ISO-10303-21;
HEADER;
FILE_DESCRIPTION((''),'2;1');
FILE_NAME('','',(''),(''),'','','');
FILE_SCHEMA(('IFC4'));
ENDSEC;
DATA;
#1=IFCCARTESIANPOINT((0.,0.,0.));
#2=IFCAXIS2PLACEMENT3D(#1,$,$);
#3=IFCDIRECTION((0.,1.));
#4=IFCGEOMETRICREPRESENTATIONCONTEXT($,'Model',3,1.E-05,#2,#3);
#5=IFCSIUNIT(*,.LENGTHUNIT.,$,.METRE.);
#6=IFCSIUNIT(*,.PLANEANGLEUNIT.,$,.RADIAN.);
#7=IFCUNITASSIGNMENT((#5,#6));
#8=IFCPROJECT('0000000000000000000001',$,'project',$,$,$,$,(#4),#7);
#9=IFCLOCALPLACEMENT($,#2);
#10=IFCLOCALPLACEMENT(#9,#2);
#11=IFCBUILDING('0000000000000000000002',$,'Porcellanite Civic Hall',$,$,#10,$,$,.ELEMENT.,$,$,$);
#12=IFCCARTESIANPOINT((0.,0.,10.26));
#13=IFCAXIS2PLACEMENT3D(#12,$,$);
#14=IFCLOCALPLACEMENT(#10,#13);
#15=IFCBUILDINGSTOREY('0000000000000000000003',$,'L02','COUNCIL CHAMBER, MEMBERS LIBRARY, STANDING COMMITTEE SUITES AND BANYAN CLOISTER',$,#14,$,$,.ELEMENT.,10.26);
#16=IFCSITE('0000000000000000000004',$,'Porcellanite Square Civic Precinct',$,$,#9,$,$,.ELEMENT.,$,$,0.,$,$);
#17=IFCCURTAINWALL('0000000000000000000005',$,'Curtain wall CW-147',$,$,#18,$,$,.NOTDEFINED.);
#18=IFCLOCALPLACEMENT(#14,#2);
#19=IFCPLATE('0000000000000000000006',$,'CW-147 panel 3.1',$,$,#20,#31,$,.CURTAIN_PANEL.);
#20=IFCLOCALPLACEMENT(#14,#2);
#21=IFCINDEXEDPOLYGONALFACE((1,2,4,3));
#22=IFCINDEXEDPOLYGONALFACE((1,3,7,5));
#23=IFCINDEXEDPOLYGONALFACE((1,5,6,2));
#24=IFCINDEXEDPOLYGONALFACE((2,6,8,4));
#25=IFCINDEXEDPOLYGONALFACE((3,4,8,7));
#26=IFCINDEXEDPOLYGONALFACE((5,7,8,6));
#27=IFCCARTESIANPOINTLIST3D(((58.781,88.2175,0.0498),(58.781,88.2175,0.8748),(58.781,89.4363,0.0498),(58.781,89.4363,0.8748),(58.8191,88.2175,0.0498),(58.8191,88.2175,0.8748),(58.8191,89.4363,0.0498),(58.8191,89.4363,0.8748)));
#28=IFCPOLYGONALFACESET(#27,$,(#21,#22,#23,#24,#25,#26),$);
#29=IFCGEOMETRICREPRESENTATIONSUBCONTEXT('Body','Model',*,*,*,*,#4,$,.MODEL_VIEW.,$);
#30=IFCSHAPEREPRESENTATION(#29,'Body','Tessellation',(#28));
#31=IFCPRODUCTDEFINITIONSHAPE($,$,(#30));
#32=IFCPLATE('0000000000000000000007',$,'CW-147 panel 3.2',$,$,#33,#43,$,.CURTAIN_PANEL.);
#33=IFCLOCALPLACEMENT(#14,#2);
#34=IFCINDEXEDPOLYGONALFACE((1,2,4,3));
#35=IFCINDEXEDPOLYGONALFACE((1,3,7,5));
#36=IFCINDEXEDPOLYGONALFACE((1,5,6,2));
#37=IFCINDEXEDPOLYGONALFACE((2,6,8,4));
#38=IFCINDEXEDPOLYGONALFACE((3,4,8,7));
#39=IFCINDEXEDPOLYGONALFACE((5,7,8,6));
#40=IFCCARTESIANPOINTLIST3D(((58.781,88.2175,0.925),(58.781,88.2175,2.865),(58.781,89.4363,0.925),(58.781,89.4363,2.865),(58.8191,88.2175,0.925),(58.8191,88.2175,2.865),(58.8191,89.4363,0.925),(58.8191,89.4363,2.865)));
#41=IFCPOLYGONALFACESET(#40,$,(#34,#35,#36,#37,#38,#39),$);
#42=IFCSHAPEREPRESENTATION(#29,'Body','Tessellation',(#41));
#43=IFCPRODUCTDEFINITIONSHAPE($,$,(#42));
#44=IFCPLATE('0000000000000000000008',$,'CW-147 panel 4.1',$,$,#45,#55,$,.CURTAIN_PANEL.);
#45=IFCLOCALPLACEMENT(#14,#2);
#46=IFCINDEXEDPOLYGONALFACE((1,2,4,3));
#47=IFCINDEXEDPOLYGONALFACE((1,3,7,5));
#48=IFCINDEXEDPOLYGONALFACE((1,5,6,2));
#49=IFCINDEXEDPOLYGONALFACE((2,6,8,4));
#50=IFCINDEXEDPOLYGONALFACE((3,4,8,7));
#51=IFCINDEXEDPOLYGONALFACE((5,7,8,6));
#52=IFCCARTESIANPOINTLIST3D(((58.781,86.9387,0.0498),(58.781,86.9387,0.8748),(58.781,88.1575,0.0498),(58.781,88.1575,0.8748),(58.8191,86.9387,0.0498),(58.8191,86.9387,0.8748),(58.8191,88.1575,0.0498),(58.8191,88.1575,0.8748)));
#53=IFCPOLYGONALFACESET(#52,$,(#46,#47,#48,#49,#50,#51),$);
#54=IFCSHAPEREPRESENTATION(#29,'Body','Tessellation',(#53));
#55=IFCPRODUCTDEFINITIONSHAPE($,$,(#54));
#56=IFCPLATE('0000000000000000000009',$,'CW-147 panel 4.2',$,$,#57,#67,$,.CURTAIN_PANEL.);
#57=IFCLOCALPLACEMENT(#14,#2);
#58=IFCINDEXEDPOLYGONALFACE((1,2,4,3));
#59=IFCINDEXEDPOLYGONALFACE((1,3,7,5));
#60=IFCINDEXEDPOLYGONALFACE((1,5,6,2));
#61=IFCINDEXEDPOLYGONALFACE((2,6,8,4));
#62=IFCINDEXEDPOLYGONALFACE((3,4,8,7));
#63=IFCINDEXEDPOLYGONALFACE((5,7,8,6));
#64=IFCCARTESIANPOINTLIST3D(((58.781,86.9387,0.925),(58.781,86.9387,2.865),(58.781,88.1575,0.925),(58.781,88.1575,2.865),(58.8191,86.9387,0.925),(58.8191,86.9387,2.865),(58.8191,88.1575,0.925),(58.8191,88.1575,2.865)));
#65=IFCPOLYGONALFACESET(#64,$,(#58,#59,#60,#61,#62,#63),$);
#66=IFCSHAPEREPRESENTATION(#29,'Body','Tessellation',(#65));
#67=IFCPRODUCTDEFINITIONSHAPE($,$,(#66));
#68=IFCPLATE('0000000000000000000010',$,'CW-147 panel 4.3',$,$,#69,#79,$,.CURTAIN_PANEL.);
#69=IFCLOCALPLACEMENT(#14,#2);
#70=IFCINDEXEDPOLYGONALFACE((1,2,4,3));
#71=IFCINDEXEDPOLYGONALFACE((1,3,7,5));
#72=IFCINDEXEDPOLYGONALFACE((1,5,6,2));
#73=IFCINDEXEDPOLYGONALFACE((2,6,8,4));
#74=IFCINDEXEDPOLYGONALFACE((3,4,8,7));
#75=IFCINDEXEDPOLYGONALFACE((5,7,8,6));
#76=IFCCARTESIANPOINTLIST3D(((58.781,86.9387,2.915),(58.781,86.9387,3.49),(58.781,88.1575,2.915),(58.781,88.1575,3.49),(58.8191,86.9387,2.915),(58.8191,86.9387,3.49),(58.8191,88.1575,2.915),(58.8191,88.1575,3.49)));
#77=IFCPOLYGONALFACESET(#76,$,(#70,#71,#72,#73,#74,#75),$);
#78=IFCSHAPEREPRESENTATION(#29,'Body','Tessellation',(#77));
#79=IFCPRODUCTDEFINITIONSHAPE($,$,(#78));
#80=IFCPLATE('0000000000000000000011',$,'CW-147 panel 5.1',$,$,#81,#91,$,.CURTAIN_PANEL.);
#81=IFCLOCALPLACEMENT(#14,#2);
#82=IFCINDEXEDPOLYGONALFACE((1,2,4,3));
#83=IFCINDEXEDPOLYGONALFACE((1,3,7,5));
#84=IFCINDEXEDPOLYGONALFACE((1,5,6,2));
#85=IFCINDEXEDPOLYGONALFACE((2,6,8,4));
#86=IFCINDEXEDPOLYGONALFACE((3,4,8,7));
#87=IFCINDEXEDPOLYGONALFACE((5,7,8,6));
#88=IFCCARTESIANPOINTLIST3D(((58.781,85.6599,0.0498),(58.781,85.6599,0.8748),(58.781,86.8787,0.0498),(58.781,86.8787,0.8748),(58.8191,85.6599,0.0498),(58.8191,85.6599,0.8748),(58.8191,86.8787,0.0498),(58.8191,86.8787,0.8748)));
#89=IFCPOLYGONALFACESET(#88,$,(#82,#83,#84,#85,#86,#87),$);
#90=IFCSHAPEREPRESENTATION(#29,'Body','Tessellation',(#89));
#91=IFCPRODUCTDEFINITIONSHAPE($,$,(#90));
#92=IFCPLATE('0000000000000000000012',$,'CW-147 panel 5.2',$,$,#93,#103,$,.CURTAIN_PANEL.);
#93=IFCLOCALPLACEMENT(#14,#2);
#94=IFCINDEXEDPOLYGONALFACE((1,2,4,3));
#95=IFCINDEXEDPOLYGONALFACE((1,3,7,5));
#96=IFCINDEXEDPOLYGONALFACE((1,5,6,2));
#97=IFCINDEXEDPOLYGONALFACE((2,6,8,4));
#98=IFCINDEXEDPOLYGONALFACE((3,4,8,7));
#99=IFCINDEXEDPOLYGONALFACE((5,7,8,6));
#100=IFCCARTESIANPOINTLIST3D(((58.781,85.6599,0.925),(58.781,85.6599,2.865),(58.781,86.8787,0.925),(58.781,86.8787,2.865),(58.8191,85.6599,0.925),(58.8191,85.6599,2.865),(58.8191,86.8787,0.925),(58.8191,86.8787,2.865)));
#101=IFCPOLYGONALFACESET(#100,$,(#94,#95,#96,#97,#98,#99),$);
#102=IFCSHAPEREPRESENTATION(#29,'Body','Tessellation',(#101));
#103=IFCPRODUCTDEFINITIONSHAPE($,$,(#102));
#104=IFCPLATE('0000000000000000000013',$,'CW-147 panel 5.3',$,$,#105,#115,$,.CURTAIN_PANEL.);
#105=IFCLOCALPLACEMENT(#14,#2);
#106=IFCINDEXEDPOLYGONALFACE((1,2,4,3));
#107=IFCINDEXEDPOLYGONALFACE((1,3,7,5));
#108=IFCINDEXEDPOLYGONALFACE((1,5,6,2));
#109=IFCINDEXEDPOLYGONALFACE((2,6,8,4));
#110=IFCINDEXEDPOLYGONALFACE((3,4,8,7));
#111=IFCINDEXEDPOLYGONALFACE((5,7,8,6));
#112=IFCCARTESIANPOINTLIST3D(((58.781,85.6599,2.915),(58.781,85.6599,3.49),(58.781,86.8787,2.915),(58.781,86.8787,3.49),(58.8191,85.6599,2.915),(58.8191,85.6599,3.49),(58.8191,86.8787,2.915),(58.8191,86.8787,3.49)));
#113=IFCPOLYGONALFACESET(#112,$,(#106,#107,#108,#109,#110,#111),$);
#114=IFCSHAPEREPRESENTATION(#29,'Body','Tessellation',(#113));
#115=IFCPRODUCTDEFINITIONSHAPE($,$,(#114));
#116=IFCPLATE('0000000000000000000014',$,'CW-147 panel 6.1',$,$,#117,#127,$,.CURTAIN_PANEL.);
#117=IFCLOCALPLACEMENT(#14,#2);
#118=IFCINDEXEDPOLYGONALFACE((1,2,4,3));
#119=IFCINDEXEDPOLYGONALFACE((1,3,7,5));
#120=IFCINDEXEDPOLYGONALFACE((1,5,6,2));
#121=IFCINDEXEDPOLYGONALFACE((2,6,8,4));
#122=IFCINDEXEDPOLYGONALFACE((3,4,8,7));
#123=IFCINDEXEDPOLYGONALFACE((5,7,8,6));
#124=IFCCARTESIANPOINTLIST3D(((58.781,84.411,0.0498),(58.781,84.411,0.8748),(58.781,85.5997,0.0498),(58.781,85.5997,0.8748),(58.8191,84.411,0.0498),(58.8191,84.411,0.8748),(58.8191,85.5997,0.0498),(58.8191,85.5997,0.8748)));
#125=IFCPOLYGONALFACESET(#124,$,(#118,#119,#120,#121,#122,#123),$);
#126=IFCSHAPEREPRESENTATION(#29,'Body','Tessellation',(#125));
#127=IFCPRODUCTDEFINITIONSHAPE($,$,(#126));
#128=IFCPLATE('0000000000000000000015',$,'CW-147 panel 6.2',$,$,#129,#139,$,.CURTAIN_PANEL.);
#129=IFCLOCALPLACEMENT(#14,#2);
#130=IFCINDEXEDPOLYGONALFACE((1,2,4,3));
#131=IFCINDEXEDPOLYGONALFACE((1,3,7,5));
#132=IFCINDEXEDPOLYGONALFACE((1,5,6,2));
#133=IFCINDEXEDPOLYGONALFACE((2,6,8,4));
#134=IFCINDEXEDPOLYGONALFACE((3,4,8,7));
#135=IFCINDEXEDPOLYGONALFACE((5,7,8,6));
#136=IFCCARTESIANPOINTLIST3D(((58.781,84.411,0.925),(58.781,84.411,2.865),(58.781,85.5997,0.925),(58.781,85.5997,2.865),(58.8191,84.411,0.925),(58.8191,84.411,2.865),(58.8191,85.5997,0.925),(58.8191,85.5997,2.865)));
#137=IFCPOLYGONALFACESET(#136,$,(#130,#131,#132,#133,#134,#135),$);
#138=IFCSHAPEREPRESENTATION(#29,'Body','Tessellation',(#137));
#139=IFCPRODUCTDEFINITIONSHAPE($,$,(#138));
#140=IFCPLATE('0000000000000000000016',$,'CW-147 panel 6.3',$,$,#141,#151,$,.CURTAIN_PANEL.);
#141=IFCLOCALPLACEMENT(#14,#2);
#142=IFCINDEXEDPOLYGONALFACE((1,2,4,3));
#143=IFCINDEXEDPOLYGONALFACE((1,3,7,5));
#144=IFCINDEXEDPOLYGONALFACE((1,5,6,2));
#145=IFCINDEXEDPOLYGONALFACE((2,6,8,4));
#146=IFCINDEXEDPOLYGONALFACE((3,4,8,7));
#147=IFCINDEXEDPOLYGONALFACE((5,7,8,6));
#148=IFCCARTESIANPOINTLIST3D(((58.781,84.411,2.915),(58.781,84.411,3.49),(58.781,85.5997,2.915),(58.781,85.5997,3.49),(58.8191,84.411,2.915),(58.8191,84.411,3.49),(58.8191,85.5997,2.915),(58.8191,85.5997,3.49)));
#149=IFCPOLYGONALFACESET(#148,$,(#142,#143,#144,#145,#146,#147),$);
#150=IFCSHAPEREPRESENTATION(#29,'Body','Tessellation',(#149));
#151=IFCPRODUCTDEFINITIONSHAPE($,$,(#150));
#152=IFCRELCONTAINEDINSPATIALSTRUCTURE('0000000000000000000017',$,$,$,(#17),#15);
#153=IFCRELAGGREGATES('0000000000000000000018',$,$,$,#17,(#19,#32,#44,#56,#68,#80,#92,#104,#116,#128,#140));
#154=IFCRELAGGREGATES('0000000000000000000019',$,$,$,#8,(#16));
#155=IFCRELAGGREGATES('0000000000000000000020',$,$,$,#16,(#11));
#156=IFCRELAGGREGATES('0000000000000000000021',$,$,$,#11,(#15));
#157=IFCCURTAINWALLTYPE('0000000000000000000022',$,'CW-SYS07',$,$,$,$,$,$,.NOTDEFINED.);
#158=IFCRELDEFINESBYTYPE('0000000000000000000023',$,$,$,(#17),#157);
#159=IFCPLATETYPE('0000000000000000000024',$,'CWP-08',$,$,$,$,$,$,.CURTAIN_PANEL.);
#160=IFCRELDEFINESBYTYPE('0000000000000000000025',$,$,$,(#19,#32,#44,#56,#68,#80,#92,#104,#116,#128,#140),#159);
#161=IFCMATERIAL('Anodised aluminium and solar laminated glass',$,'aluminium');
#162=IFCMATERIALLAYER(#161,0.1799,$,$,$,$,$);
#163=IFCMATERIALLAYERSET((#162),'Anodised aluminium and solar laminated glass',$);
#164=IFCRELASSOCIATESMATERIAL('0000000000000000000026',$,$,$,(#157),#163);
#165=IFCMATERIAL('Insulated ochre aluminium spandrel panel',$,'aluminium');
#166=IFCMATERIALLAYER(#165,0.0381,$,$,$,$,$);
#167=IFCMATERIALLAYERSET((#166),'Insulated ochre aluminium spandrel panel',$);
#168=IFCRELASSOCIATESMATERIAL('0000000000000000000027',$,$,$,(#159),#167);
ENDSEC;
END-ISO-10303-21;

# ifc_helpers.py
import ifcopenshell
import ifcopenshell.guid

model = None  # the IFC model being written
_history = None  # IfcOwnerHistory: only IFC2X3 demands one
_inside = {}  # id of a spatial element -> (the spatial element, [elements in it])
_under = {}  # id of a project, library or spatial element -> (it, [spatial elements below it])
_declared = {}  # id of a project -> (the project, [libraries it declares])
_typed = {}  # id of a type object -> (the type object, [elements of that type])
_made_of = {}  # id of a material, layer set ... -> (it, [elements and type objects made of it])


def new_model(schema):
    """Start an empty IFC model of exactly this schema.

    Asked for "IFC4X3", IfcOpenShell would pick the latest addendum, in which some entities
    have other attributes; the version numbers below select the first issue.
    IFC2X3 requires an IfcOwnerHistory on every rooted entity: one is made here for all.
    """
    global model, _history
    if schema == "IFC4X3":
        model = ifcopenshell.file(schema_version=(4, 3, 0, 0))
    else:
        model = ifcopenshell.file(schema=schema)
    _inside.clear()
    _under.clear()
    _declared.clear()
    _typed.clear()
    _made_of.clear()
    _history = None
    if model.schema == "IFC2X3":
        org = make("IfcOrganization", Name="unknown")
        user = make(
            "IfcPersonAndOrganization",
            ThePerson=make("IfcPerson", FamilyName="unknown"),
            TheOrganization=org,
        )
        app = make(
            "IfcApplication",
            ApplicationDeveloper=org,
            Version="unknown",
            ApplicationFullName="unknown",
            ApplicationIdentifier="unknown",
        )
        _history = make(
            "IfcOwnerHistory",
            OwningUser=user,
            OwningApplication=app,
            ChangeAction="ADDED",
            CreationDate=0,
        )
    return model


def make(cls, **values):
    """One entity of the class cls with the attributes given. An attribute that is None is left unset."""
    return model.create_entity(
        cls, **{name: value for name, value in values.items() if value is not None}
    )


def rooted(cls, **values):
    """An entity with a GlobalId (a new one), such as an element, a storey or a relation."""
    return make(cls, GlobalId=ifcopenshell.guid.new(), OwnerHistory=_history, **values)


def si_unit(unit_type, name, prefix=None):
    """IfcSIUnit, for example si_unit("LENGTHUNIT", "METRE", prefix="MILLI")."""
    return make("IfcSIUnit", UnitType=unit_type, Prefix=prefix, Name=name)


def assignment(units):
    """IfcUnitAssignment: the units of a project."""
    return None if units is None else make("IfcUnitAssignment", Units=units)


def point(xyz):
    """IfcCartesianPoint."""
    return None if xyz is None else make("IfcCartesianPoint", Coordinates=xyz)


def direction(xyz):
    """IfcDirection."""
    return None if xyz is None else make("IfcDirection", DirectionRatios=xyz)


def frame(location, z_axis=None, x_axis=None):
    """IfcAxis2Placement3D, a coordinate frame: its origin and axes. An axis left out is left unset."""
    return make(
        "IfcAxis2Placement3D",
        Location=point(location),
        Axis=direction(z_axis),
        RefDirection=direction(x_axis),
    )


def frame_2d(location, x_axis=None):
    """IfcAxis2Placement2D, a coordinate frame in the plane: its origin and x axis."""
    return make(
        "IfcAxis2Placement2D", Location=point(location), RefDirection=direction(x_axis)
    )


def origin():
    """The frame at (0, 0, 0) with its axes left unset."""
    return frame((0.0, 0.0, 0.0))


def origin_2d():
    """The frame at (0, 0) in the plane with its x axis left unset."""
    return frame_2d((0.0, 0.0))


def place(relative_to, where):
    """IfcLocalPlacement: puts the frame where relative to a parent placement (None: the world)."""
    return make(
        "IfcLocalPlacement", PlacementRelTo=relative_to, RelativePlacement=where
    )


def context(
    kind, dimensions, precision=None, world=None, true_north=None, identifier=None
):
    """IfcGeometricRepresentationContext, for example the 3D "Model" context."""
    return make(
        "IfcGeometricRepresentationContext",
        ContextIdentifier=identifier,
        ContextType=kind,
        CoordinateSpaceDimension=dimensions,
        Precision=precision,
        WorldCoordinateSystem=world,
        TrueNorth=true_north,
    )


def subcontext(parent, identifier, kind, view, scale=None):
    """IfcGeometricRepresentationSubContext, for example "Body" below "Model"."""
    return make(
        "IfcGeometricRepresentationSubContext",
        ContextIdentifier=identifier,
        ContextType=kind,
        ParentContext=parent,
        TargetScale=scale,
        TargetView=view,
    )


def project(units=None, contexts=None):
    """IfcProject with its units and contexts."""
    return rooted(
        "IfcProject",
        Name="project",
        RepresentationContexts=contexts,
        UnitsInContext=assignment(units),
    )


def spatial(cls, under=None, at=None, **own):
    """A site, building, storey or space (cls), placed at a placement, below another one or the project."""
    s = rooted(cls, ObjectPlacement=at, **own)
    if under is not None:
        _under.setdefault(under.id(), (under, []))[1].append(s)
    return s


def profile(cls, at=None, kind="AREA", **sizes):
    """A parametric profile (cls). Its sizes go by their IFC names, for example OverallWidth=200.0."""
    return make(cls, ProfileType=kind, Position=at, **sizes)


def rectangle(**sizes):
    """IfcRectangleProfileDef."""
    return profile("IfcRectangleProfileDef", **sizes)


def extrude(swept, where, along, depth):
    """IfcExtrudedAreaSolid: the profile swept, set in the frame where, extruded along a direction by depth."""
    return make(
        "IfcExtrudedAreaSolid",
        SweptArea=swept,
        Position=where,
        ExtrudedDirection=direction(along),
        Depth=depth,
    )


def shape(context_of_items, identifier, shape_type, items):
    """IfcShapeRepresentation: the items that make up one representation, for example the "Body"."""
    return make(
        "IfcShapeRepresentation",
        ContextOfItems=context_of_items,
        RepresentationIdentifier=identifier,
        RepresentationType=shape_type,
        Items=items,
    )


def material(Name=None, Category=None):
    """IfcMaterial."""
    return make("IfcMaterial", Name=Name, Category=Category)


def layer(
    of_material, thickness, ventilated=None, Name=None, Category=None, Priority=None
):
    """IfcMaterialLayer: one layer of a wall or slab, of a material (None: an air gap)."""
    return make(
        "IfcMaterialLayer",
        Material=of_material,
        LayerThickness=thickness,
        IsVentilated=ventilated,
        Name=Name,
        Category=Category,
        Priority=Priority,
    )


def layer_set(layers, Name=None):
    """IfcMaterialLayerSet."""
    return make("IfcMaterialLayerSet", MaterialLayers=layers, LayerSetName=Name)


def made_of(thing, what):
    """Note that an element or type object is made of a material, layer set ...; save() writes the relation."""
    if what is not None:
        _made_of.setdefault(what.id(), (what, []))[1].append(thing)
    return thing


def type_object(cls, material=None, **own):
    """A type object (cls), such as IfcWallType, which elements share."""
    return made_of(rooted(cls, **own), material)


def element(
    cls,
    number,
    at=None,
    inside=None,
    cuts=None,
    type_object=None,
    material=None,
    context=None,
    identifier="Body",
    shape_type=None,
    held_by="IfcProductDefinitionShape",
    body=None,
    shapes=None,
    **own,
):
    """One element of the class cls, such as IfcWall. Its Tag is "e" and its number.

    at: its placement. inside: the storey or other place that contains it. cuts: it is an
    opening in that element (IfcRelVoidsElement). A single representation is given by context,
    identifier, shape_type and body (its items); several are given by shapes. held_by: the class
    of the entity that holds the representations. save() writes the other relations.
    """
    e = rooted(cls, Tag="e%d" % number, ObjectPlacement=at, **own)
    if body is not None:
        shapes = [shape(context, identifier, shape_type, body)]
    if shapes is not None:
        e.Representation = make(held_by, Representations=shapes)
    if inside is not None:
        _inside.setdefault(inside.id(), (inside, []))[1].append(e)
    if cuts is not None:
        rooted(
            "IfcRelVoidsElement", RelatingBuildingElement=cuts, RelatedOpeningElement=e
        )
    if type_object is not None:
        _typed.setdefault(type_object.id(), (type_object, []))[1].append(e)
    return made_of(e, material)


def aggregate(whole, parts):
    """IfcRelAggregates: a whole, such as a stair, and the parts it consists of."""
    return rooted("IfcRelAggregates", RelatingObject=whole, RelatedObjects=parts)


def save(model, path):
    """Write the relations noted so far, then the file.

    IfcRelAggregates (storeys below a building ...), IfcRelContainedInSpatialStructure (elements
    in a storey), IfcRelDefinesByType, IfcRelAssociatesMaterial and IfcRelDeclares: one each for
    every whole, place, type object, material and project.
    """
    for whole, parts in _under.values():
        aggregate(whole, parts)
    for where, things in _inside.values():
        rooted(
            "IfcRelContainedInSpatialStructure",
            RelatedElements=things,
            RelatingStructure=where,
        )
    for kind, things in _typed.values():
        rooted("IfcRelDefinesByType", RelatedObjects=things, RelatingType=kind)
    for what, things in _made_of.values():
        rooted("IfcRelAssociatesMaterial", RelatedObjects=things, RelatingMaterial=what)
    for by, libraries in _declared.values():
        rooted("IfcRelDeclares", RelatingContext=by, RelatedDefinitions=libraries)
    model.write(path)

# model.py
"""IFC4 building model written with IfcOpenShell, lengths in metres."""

from ifc_helpers import new_model, si_unit, direction, frame, origin, origin_2d, place, context, subcontext, project, spatial, rectangle, extrude, material, layer, layer_set, type_object, element, aggregate, save


model = new_model("IFC4")

# Units and contexts
model_context = context("Model", 3, precision=1e-05, world=origin(), true_north=direction((0.0, 1.0)))
body_context = subcontext(model_context, "Body", "Model", "MODEL_VIEW")
ifc_project = project(units=[si_unit("LENGTHUNIT", "METRE"), si_unit("PLANEANGLEUNIT", "RADIAN")], contexts=[model_context])

# Site, building, storey
site_placement = place(None, origin())
site = spatial("IfcSite", under=ifc_project, at=site_placement, Name="Porcellanite Square Civic Precinct", CompositionType="ELEMENT", RefElevation=0.0)
building_placement = place(site_placement, origin())
building = spatial("IfcBuilding", under=site, at=building_placement, Name="Porcellanite Civic Hall", CompositionType="ELEMENT")
storey_placement = place(building_placement, frame((0.0, 0.0, 10.26)))
storey = spatial("IfcBuildingStorey", under=building, at=storey_placement, Name="L02", Description="COUNCIL CHAMBER, MEMBERS LIBRARY, STANDING COMMITTEE SUITES AND BANYAN CLOISTER", CompositionType="ELEMENT", Elevation=10.26)

# Curtain wall, plates
ifc_material_1 = material(Name="Anodised aluminium and solar laminated glass", Category="aluminium")
ifc_layer_1 = layer(ifc_material_1, 0.1799)
ifc_layer_set_1 = layer_set([ifc_layer_1], Name="Anodised aluminium and solar laminated glass")
curtain_wall_type = type_object("IfcCurtainWallType", Name="CW-SYS07", PredefinedType="NOTDEFINED", material=ifc_layer_set_1)
curtain_wall_placement = place(storey_placement, origin())
curtain_wall = element("IfcCurtainWall", 1, at=curtain_wall_placement, inside=storey, type_object=curtain_wall_type, Name="Curtain wall CW-147", PredefinedType="NOTDEFINED")
ifc_material_2 = material(Name="Insulated ochre aluminium spandrel panel", Category="aluminium")
ifc_layer_2 = layer(ifc_material_2, 0.0381)
ifc_layer_set_2 = layer_set([ifc_layer_2], Name="Insulated ochre aluminium spandrel panel")
plate_type = type_object("IfcPlateType", Name="CWP-08", PredefinedType="CURTAIN_PANEL", material=ifc_layer_set_2)
plate_1_placement = place(storey_placement, frame((58.8, 88.8269, 0.0498), z_axis=(0.0, 0.0, 1.0), x_axis=(0.0, -1.0, 0.0)))
plate_1 = element("IfcPlate", 2, at=plate_1_placement, type_object=plate_type, Name="CW-147 panel 3.1", PredefinedType="CURTAIN_PANEL", context=body_context, shape_type="SweptSolid", body=[
    extrude(rectangle(XDim=1.2188, YDim=0.0381, at=origin_2d()), origin(), (0.0, 0.0, 1.0), 0.825),
])
plate_2_placement = place(storey_placement, frame((58.8, 88.8269, 0.925), z_axis=(0.0, 0.0, 1.0), x_axis=(0.0, -1.0, 0.0)))
plate_2 = element("IfcPlate", 3, at=plate_2_placement, type_object=plate_type, Name="CW-147 panel 3.2", PredefinedType="CURTAIN_PANEL", context=body_context, shape_type="SweptSolid", body=[
    extrude(rectangle(XDim=1.2188, YDim=0.0381, at=origin_2d()), origin(), (0.0, 0.0, 1.0), 1.9399),
])
plate_3_placement = place(storey_placement, frame((58.8, 87.5481, 0.0498), z_axis=(0.0, 0.0, 1.0), x_axis=(0.0, -1.0, 0.0)))
plate_3 = element("IfcPlate", 4, at=plate_3_placement, type_object=plate_type, Name="CW-147 panel 4.1", PredefinedType="CURTAIN_PANEL", context=body_context, shape_type="SweptSolid", body=[
    extrude(rectangle(XDim=1.2188, YDim=0.0381, at=origin_2d()), origin(), (0.0, 0.0, 1.0), 0.825),
])
plate_4_placement = place(storey_placement, frame((58.8, 87.5481, 0.925), z_axis=(0.0, 0.0, 1.0), x_axis=(0.0, -1.0, 0.0)))
plate_4 = element("IfcPlate", 5, at=plate_4_placement, type_object=plate_type, Name="CW-147 panel 4.2", PredefinedType="CURTAIN_PANEL", context=body_context, shape_type="SweptSolid", body=[
    extrude(rectangle(XDim=1.2188, YDim=0.0381, at=origin_2d()), origin(), (0.0, 0.0, 1.0), 1.9399),
])
plate_5_placement = place(storey_placement, frame((58.8, 87.5481, 2.915), z_axis=(0.0, 0.0, 1.0), x_axis=(0.0, -1.0, 0.0)))
plate_5 = element("IfcPlate", 6, at=plate_5_placement, type_object=plate_type, Name="CW-147 panel 4.3", PredefinedType="CURTAIN_PANEL", context=body_context, shape_type="SweptSolid", body=[
    extrude(rectangle(XDim=1.2188, YDim=0.0381, at=origin_2d()), origin(), (0.0, 0.0, 1.0), 0.575),
])
plate_6_placement = place(storey_placement, frame((58.8, 86.2693, 0.0498), z_axis=(0.0, 0.0, 1.0), x_axis=(0.0, -1.0, 0.0)))
plate_6 = element("IfcPlate", 7, at=plate_6_placement, type_object=plate_type, Name="CW-147 panel 5.1", PredefinedType="CURTAIN_PANEL", context=body_context, shape_type="SweptSolid", body=[
    extrude(rectangle(XDim=1.2188, YDim=0.0381, at=origin_2d()), origin(), (0.0, 0.0, 1.0), 0.825),
])
plate_7_placement = place(storey_placement, frame((58.8, 86.2693, 0.925), z_axis=(0.0, 0.0, 1.0), x_axis=(0.0, -1.0, 0.0)))
plate_7 = element("IfcPlate", 8, at=plate_7_placement, type_object=plate_type, Name="CW-147 panel 5.2", PredefinedType="CURTAIN_PANEL", context=body_context, shape_type="SweptSolid", body=[
    extrude(rectangle(XDim=1.2188, YDim=0.0381, at=origin_2d()), origin(), (0.0, 0.0, 1.0), 1.9399),
])
plate_8_placement = place(storey_placement, frame((58.8, 86.2693, 2.915), z_axis=(0.0, 0.0, 1.0), x_axis=(0.0, -1.0, 0.0)))
plate_8 = element("IfcPlate", 9, at=plate_8_placement, type_object=plate_type, Name="CW-147 panel 5.3", PredefinedType="CURTAIN_PANEL", context=body_context, shape_type="SweptSolid", body=[
    extrude(rectangle(XDim=1.2188, YDim=0.0381, at=origin_2d()), origin(), (0.0, 0.0, 1.0), 0.575),
])
plate_9_placement = place(storey_placement, frame((58.8, 85.0054, 0.0498), z_axis=(0.0, 0.0, 1.0), x_axis=(0.0, -1.0, 0.0)))
plate_9 = element("IfcPlate", 10, at=plate_9_placement, type_object=plate_type, Name="CW-147 panel 6.1", PredefinedType="CURTAIN_PANEL", context=body_context, shape_type="SweptSolid", body=[
    extrude(rectangle(XDim=1.1887, YDim=0.0381, at=origin_2d()), origin(), (0.0, 0.0, 1.0), 0.825),
])
plate_10_placement = place(storey_placement, frame((58.8, 85.0054, 0.925), z_axis=(0.0, 0.0, 1.0), x_axis=(0.0, -1.0, 0.0)))
plate_10 = element("IfcPlate", 11, at=plate_10_placement, type_object=plate_type, Name="CW-147 panel 6.2", PredefinedType="CURTAIN_PANEL", context=body_context, shape_type="SweptSolid", body=[
    extrude(rectangle(XDim=1.1887, YDim=0.0381, at=origin_2d()), origin(), (0.0, 0.0, 1.0), 1.9399),
])
plate_11_placement = place(storey_placement, frame((58.8, 85.0054, 2.915), z_axis=(0.0, 0.0, 1.0), x_axis=(0.0, -1.0, 0.0)))
plate_11 = element("IfcPlate", 12, at=plate_11_placement, type_object=plate_type, Name="CW-147 panel 6.3", PredefinedType="CURTAIN_PANEL", context=body_context, shape_type="SweptSolid", body=[
    extrude(rectangle(XDim=1.1887, YDim=0.0381, at=origin_2d()), origin(), (0.0, 0.0, 1.0), 0.575),
])
aggregate(curtain_wall, [plate_1, plate_2, plate_3, plate_4, plate_5, plate_6, plate_7, plate_8, plate_9, plate_10, plate_11])

save(model, "model.ifc")
